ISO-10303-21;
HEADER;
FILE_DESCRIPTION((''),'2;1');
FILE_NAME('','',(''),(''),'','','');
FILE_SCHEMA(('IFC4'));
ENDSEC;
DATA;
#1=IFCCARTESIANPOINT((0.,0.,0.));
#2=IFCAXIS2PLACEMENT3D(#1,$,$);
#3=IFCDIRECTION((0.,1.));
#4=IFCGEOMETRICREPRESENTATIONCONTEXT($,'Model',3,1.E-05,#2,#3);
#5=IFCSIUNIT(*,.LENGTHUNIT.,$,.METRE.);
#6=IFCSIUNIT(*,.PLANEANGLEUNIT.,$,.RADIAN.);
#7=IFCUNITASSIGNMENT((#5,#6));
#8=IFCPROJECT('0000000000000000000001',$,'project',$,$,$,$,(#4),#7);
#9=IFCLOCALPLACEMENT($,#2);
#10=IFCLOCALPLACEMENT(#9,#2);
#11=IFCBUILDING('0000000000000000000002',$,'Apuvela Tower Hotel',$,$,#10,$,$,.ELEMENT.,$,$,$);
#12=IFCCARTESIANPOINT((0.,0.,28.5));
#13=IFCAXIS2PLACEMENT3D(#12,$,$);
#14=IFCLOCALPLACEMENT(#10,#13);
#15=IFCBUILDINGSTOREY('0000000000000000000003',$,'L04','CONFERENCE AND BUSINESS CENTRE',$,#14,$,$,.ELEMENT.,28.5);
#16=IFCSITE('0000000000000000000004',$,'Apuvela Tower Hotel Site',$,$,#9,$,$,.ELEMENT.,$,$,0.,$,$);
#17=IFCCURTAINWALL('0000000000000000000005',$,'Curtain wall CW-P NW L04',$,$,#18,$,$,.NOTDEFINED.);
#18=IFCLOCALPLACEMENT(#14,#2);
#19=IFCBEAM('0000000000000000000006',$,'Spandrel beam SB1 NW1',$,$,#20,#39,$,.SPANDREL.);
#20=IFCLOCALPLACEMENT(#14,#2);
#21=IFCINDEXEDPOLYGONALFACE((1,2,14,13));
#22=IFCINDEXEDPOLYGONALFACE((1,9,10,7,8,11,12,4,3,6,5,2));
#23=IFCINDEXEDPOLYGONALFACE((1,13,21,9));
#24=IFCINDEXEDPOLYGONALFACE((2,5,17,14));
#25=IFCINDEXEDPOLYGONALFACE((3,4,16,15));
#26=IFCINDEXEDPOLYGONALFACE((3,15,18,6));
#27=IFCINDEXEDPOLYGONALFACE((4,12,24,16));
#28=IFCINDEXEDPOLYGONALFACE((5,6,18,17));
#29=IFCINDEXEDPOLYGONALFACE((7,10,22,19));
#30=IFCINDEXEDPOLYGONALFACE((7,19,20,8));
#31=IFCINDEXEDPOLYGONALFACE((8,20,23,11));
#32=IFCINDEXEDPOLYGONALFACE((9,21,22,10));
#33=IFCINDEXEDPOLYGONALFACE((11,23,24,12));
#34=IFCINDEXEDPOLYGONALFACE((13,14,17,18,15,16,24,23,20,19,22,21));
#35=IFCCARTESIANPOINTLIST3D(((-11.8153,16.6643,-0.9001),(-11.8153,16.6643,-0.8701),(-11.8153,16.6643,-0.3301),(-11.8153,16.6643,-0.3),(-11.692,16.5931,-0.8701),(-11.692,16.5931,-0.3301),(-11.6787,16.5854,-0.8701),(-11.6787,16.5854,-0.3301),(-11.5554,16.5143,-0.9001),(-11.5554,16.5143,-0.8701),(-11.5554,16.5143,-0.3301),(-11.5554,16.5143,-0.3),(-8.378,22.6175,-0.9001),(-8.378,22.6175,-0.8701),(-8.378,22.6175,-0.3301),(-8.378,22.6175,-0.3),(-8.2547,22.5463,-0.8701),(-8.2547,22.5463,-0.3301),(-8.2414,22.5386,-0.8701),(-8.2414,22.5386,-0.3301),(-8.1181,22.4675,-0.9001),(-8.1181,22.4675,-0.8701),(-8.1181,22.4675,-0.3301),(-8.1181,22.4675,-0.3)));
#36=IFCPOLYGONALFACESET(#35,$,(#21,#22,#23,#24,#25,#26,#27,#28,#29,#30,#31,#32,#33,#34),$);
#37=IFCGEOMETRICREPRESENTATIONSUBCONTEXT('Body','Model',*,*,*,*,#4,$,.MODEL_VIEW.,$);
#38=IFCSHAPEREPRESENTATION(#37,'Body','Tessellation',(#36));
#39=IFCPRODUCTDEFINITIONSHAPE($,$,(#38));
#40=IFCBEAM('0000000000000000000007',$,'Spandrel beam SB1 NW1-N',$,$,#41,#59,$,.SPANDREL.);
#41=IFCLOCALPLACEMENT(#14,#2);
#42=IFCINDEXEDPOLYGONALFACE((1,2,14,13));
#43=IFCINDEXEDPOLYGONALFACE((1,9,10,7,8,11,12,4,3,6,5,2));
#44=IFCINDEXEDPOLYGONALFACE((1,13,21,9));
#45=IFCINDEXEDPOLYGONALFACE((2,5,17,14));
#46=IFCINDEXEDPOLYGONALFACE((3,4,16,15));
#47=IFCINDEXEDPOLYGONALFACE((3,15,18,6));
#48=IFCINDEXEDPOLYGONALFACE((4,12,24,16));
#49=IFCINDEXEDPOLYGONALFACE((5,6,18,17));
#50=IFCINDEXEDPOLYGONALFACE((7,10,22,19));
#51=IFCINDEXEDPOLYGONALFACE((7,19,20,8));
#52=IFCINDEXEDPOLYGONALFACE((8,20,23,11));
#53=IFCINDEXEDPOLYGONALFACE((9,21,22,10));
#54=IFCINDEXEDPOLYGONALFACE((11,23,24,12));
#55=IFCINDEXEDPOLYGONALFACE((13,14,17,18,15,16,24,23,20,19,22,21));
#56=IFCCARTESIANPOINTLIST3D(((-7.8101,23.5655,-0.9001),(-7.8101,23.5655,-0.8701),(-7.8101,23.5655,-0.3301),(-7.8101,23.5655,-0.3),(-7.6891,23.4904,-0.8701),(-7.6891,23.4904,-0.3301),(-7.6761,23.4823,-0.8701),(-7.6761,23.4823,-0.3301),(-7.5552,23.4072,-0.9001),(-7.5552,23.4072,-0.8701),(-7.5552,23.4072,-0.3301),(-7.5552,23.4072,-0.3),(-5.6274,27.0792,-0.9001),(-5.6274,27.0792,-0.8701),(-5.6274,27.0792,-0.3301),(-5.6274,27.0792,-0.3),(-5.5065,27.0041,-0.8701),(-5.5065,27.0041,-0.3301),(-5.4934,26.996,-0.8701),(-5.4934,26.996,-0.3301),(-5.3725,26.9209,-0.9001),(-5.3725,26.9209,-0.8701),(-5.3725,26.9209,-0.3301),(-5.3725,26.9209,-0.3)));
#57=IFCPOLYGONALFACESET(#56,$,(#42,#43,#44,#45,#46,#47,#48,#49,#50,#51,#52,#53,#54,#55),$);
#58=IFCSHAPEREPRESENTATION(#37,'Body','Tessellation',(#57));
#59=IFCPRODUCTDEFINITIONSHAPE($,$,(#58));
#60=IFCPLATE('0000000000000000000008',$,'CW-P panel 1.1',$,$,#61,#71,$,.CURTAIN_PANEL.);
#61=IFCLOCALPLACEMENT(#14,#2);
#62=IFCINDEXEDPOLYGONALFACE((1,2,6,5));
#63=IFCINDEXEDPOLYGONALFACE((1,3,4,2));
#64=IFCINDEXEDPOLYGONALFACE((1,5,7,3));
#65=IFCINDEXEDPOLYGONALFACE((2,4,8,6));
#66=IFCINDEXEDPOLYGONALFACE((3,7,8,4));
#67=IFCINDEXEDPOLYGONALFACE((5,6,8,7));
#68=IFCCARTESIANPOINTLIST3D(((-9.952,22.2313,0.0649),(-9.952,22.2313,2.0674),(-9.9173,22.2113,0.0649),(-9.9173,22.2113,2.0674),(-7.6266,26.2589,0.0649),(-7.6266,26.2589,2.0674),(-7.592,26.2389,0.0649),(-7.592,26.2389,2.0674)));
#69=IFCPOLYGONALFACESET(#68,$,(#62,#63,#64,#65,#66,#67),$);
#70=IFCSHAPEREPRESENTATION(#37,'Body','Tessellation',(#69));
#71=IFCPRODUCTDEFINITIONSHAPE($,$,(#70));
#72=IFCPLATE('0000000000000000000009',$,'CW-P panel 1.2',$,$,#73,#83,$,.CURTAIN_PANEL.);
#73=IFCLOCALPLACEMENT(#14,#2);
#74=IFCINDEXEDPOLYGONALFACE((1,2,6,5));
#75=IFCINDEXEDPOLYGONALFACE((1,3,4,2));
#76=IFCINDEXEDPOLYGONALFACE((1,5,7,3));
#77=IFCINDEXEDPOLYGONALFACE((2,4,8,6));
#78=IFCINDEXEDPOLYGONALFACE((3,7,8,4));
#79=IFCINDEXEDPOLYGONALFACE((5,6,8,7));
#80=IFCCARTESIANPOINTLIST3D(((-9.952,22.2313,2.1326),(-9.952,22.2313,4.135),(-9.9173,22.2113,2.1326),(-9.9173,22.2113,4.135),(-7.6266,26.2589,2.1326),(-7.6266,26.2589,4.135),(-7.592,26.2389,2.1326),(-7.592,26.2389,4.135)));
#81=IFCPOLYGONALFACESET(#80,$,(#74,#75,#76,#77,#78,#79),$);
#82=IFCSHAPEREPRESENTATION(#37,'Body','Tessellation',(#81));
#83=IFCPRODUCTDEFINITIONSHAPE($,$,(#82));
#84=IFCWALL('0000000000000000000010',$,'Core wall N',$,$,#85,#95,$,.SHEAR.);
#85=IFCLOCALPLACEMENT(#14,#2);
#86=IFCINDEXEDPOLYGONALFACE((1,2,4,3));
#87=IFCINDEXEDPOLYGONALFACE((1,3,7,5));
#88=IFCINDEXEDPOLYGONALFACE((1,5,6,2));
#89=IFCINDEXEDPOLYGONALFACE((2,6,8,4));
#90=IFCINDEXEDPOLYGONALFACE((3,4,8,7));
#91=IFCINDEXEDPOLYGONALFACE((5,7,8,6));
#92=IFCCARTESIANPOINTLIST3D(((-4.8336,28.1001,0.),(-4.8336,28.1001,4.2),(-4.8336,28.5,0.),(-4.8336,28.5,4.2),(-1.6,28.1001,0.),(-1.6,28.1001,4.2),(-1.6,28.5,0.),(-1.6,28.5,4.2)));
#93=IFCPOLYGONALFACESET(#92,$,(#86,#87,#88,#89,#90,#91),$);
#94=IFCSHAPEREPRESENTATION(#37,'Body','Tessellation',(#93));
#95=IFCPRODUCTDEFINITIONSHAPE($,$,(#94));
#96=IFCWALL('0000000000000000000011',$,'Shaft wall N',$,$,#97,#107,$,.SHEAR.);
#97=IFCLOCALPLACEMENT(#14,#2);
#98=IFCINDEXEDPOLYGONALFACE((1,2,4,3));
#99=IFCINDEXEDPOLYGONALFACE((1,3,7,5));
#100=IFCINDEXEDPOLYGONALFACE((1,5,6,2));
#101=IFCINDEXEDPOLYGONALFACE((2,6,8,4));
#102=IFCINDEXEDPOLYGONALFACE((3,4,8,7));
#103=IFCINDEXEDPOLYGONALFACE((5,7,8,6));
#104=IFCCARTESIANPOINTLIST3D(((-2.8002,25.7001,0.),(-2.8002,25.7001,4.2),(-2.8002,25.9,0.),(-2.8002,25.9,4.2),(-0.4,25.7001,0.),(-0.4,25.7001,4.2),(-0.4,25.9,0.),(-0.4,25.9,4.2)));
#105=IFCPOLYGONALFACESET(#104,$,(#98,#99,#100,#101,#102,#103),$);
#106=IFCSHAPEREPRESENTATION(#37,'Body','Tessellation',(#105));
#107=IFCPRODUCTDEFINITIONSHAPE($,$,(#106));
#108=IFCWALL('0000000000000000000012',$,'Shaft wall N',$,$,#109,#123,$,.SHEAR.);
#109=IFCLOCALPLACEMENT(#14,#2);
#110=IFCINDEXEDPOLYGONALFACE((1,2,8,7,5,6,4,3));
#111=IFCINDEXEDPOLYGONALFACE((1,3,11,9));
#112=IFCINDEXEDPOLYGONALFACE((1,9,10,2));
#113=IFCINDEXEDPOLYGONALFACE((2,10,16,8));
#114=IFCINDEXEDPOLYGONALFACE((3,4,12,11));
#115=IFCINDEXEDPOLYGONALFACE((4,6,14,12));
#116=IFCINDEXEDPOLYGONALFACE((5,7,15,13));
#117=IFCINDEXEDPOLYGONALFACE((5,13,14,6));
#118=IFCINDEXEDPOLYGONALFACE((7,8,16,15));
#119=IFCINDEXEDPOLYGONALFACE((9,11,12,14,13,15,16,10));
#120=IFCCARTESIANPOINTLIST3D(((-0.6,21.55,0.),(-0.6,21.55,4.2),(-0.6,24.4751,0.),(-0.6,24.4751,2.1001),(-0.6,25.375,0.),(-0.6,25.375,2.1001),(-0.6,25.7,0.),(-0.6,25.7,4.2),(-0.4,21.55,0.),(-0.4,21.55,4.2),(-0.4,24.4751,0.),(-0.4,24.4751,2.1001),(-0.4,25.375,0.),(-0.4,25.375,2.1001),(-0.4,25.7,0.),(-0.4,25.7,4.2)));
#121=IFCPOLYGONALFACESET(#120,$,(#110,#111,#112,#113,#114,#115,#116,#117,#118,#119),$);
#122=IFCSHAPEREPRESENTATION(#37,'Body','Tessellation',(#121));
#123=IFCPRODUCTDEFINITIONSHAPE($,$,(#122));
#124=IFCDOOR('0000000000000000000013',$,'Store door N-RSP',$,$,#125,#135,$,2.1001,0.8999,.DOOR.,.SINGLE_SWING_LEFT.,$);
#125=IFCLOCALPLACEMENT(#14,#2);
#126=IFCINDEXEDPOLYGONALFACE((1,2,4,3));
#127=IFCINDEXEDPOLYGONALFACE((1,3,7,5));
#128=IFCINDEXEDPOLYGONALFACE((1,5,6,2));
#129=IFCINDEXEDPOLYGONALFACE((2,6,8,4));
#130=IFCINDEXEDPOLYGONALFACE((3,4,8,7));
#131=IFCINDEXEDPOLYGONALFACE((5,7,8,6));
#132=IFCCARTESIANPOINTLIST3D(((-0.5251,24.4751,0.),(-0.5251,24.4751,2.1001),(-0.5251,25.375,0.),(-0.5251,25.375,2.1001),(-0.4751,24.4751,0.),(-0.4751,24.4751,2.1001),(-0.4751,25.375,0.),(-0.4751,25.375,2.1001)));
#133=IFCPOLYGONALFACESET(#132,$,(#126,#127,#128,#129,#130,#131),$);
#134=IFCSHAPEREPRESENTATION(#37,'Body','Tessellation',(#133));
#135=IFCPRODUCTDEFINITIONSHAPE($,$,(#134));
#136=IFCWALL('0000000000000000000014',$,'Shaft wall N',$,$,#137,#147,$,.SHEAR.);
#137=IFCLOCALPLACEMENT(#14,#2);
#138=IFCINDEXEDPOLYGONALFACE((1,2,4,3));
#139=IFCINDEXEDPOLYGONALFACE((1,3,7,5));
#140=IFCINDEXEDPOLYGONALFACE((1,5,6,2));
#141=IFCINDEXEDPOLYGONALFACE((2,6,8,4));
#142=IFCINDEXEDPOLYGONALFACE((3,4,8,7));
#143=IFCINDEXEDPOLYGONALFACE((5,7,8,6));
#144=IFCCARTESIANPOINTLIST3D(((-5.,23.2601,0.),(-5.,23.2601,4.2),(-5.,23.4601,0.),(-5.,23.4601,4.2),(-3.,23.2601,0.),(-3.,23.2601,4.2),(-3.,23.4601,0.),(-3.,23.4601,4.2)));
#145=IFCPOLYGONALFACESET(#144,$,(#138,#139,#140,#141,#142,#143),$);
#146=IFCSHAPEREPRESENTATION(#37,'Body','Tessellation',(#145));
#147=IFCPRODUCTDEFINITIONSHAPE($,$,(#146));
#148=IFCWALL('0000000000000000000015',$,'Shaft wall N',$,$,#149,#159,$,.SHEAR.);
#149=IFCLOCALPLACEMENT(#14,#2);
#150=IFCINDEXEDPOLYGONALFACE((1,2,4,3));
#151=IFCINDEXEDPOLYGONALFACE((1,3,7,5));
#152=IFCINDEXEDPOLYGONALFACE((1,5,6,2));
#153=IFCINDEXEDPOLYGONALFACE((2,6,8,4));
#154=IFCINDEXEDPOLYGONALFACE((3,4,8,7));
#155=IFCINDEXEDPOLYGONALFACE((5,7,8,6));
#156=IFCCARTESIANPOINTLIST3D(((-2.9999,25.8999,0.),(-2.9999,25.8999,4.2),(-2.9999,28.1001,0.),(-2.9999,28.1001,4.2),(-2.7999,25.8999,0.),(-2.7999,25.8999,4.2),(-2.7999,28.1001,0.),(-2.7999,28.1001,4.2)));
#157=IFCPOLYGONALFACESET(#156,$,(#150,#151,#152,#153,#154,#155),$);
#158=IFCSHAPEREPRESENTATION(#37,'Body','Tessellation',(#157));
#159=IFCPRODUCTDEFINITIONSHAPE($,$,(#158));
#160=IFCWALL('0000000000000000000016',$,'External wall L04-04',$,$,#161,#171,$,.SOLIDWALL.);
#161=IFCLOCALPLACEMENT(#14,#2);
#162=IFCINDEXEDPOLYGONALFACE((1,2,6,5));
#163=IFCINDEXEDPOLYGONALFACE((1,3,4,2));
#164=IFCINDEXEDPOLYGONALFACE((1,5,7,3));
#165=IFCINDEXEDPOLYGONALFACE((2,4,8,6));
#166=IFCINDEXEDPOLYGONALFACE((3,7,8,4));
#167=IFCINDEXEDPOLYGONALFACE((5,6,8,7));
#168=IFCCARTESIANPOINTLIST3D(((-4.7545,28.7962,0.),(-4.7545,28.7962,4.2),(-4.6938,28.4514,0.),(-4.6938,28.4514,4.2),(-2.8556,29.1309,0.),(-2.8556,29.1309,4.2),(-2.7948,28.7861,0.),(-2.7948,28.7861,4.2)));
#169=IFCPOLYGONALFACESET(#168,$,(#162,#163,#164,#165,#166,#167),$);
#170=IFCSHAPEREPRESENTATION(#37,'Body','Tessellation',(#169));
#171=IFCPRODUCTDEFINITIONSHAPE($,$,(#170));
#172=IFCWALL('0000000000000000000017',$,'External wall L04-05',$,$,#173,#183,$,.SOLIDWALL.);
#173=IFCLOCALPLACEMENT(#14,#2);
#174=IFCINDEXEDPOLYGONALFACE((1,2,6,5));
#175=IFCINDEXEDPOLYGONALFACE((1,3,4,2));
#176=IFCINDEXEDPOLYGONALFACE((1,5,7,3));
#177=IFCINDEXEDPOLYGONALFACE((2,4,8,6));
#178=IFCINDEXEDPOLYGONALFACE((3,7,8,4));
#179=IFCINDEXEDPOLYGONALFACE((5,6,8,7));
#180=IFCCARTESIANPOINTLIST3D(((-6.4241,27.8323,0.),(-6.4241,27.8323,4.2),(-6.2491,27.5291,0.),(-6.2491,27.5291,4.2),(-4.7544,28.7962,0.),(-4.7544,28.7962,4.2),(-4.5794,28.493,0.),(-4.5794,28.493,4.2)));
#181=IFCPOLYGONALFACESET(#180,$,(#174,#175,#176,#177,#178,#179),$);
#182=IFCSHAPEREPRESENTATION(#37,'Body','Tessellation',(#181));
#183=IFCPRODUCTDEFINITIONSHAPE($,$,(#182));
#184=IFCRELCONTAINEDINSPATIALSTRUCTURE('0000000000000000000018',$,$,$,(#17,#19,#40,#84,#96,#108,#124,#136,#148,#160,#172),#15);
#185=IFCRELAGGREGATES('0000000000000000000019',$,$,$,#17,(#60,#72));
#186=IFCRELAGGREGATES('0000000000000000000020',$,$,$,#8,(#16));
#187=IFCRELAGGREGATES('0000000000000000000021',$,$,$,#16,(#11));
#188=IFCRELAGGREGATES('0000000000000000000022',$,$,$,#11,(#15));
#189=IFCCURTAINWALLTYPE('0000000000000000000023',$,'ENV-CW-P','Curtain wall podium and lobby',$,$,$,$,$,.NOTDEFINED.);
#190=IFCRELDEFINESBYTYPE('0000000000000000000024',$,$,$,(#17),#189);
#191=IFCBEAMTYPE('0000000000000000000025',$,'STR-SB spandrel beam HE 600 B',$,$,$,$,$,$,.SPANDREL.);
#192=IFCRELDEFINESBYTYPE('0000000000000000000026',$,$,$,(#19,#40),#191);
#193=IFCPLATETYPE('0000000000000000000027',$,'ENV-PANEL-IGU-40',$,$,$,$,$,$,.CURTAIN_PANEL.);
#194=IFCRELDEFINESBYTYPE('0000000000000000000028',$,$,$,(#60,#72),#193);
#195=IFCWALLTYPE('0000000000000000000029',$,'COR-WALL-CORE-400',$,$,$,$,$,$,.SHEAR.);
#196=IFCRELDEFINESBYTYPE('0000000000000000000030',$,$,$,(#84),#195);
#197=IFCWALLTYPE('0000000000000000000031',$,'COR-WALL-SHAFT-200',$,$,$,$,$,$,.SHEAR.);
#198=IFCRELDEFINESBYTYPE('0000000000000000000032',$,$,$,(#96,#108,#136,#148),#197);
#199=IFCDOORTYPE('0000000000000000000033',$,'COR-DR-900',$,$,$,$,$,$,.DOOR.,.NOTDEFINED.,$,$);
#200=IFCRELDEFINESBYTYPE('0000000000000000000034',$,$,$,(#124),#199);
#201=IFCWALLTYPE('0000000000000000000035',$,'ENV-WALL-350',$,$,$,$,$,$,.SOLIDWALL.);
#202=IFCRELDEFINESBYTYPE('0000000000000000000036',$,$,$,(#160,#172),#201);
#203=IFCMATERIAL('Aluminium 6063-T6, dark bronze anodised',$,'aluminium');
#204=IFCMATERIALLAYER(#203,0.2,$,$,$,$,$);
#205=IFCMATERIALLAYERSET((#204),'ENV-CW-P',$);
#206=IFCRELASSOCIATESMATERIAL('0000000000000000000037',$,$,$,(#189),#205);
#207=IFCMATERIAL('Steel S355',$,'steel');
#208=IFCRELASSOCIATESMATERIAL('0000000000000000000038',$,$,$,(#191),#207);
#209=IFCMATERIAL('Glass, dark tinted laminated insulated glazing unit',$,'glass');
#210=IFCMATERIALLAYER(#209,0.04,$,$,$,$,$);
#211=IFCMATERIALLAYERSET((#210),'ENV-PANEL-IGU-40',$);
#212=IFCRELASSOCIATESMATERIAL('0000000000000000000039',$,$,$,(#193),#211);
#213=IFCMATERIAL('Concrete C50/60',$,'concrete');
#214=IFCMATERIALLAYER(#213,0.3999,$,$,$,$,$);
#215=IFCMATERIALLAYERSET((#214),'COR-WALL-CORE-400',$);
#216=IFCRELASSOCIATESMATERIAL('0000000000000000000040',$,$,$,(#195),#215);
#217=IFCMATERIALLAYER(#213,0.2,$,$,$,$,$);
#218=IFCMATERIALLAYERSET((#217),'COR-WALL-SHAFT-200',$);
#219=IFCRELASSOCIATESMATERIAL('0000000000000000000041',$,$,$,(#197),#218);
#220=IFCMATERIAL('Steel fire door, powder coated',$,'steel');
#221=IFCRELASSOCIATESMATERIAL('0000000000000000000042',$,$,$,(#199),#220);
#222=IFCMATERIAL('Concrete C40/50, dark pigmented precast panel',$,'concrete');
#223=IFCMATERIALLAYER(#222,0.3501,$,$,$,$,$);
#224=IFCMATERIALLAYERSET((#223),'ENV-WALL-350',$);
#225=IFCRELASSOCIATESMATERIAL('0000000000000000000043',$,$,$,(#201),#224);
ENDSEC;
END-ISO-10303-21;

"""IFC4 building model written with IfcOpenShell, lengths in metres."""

from ifc_helpers import new_model, si_unit, direction, frame, frame_2d, origin, origin_2d, place, context, subcontext, project, spatial, rectangle, i_section, extrude, material, layer, layer_set, material_profile, profile_set, type_object, element, fill, aggregate, save


model = new_model("IFC4")

# Units and contexts
model_context = context("Model", 3, precision=1e-05, world=origin(), true_north=direction((0.0, 1.0)))
body_context = subcontext(model_context, "Body", "Model", "MODEL_VIEW")
ifc_project = project(units=[si_unit("LENGTHUNIT", "METRE"), si_unit("PLANEANGLEUNIT", "RADIAN")], contexts=[model_context])

# Site, building, storey
site_placement = place(None, origin())
site = spatial("IfcSite", under=ifc_project, at=site_placement, Name="Apuvela Tower Hotel Site", CompositionType="ELEMENT", RefElevation=0.0)
building_placement = place(site_placement, origin())
building = spatial("IfcBuilding", under=site, at=building_placement, Name="Apuvela Tower Hotel", CompositionType="ELEMENT")
storey_placement = place(building_placement, frame((0.0, 0.0, 28.5)))
storey = spatial("IfcBuildingStorey", under=building, at=storey_placement, Name="L04", Description="CONFERENCE AND BUSINESS CENTRE", CompositionType="ELEMENT", Elevation=28.5)

# Curtain wall
ifc_material_1 = material(Name="Aluminium 6063-T6, dark bronze anodised", Category="aluminium")
ifc_layer_1 = layer(ifc_material_1, 0.2)
ifc_layer_set_1 = layer_set([ifc_layer_1], Name="ENV-CW-P")
curtain_wall_type = type_object("IfcCurtainWallType", Name="ENV-CW-P", Description="Curtain wall podium and lobby", PredefinedType="NOTDEFINED", material=ifc_layer_set_1)
curtain_wall_placement = place(storey_placement, origin())
curtain_wall = element("IfcCurtainWall", 1, at=curtain_wall_placement, inside=storey, type_object=curtain_wall_type, Name="Curtain wall CW-P NW L04", PredefinedType="NOTDEFINED")

# Beams
ifc_material_2 = material(Name="Steel S355", Category="steel")
ifc_material_profile_1 = material_profile(ifc_material_2, i_section(OverallWidth=0.3, OverallDepth=0.6001, WebThickness=0.0154, FlangeThickness=0.03, at=origin_2d()), Name="HE 600 B")
ifc_profile_set_1 = profile_set([ifc_material_profile_1], Name="Steel S355")
beam_type_1 = type_object("IfcBeamType", Name="STR-SB spandrel beam HE 600 B", PredefinedType="SPANDREL", material=ifc_profile_set_1)
beam_1_placement = place(storey_placement, frame((-8.248, 22.5425, -0.6001), z_axis=(-0.500024, -0.866012, 0.0), x_axis=(0.866012, -0.500024, 0.0)))
element("IfcBeam", 2, at=beam_1_placement, inside=storey, type_object=beam_type_1, Name="Spandrel beam SB1 NW1", PredefinedType="SPANDREL", context=body_context, shape_type="SweptSolid", body=[
    extrude(i_section(OverallWidth=0.3, OverallDepth=0.6001, WebThickness=0.0154, FlangeThickness=0.03, at=origin_2d()), origin(), (0.0, 0.0, 1.0), 6.8743),
])
beam_2_placement = place(storey_placement, frame((-7.6826, 23.4863, -0.6001), z_axis=(0.527663, 0.849454, 0.0), x_axis=(-0.849454, 0.527663, 0.0)))
element("IfcBeam", 3, at=beam_2_placement, inside=storey, type_object=beam_type_1, Name="Spandrel beam SB1 NW1-N", PredefinedType="SPANDREL", context=body_context, shape_type="SweptSolid", body=[
    extrude(i_section(OverallWidth=0.3, OverallDepth=0.6001, WebThickness=0.0154, FlangeThickness=0.03, at=origin_2d()), origin(), (0.0, 0.0, 1.0), 4.1365),
])

# Plates
ifc_material_3 = material(Name="Glass, dark tinted laminated insulated glazing unit", Category="glass")
ifc_layer_2 = layer(ifc_material_3, 0.04)
ifc_layer_set_2 = layer_set([ifc_layer_2], Name="ENV-PANEL-IGU-40")
plate_type = type_object("IfcPlateType", Name="ENV-PANEL-IGU-40", PredefinedType="CURTAIN_PANEL", material=ifc_layer_set_2)
plate_1_placement = place(storey_placement, frame((-8.772, 24.2351, 0.0649), z_axis=(0.0, 0.0, 1.0), x_axis=(-0.500002, -0.866024, 0.0)))
plate_1 = element("IfcPlate", 4, at=plate_1_placement, type_object=plate_type, Name="CW-P panel 1.1", PredefinedType="CURTAIN_PANEL", context=body_context, shape_type="SweptSolid", body=[
    extrude(rectangle(XDim=4.6506, YDim=0.04, at=origin_2d()), origin(), (0.0, 0.0, 1.0), 2.0024),
])
plate_2_placement = place(storey_placement, frame((-8.772, 24.2351, 2.1326), z_axis=(0.0, 0.0, 1.0), x_axis=(-0.500002, -0.866024, 0.0)))
plate_2 = element("IfcPlate", 5, at=plate_2_placement, type_object=plate_type, Name="CW-P panel 1.2", PredefinedType="CURTAIN_PANEL", context=body_context, shape_type="SweptSolid", body=[
    extrude(rectangle(XDim=4.6506, YDim=0.04, at=origin_2d()), origin(), (0.0, 0.0, 1.0), 2.0024),
])
aggregate(curtain_wall, [plate_1, plate_2])

# Walls
ifc_material_4 = material(Name="Concrete C50/60", Category="concrete")
ifc_layer_3 = layer(ifc_material_4, 0.3999)
ifc_layer_set_3 = layer_set([ifc_layer_3], Name="COR-WALL-CORE-400")
wall_type_1 = type_object("IfcWallType", Name="COR-WALL-CORE-400", PredefinedType="SHEAR", material=ifc_layer_set_3)
wall_1_placement = place(storey_placement, frame((-1.6001, 28.3, 0.0), z_axis=(0.0, 0.0, 1.0), x_axis=(-1.0, 0.0, 0.0)))
element("IfcWall", 6, at=wall_1_placement, inside=storey, type_object=wall_type_1, Name="Core wall N", PredefinedType="SHEAR", context=body_context, shape_type="SweptSolid", body=[
    extrude(rectangle(XDim=3.2336, YDim=0.3999, at=frame_2d((1.6167, 0.0))), origin(), (0.0, 0.0, 1.0), 4.2),
])
ifc_layer_4 = layer(ifc_material_4, 0.2)
ifc_layer_set_4 = layer_set([ifc_layer_4], Name="COR-WALL-SHAFT-200")
wall_type_2 = type_object("IfcWallType", Name="COR-WALL-SHAFT-200", PredefinedType="SHEAR", material=ifc_layer_set_4)
wall_2_placement = place(storey_placement, frame((-0.3999, 25.8, 0.0), z_axis=(0.0, 0.0, 1.0), x_axis=(-1.0, 0.0, 0.0)))
element("IfcWall", 7, at=wall_2_placement, inside=storey, type_object=wall_type_2, Name="Shaft wall N", PredefinedType="SHEAR", context=body_context, shape_type="SweptSolid", body=[
    extrude(rectangle(XDim=2.4001, YDim=0.2, at=frame_2d((1.2002, 0.0))), origin(), (0.0, 0.0, 1.0), 4.2),
])

# Wall, opening, door
wall_3_placement = place(storey_placement, frame((-0.5, 21.55, 0.0), z_axis=(0.0, 0.0, 1.0), x_axis=(0.0, 1.0, 0.0)))
wall_3 = element("IfcWall", 8, at=wall_3_placement, inside=storey, type_object=wall_type_2, Name="Shaft wall N", PredefinedType="SHEAR", context=body_context, shape_type="SweptSolid", body=[
    extrude(rectangle(XDim=4.1499, YDim=0.2, at=frame_2d((2.075, 0.0))), origin(), (0.0, 0.0, 1.0), 4.2),
])
opening_placement = place(wall_3_placement, frame((2.925, 0.0, 0.0)))
opening = element("IfcOpeningElement", 9, at=opening_placement, cuts=wall_3, PredefinedType="OPENING", context=body_context, shape_type="SweptSolid", body=[
    extrude(rectangle(XDim=0.8999, YDim=2.1001, at=frame_2d((0.45, 1.05))), frame((0.0, 0.1099, 0.0), z_axis=(0.0, -1.0, 0.0), x_axis=(1.0, 0.0, 0.0)), (0.0, 0.0, 1.0), 0.22),
])
ifc_material_5 = material(Name="Steel fire door, powder coated", Category="steel")
door_type = type_object("IfcDoorType", Name="COR-DR-900", OperationType="NOTDEFINED", PredefinedType="DOOR", material=ifc_material_5)
door_placement = place(opening_placement, frame((0.8999, 0.0, 0.0), z_axis=(0.0, 0.0, 1.0), x_axis=(-1.0, 0.0, 0.0)))
door = element("IfcDoor", 10, at=door_placement, inside=storey, type_object=door_type, Name="Store door N-RSP", OperationType="SINGLE_SWING_LEFT", OverallHeight=2.1001, OverallWidth=0.8999, PredefinedType="DOOR", context=body_context, shape_type="SweptSolid", body=[
    extrude(rectangle(XDim=0.8999, YDim=2.1001, at=frame_2d((0.45, 1.05))), frame((0.0, 0.0249, 0.0), z_axis=(0.0, -1.0, 0.0), x_axis=(1.0, 0.0, 0.0)), (0.0, 0.0, 1.0), 0.05),
])
fill(opening, door)

# Walls
wall_4_placement = place(storey_placement, frame((-3.0, 23.3601, 0.0), z_axis=(0.0, 0.0, 1.0), x_axis=(-1.0, 0.0, 0.0)))
element("IfcWall", 11, at=wall_4_placement, inside=storey, type_object=wall_type_2, Name="Shaft wall N", PredefinedType="SHEAR", context=body_context, shape_type="SweptSolid", body=[
    extrude(rectangle(XDim=2.0, YDim=0.2, at=frame_2d((1.0, 0.0))), origin(), (0.0, 0.0, 1.0), 4.2),
])
wall_5_placement = place(storey_placement, frame((-2.8999, 25.8999, 0.0), z_axis=(0.0, 0.0, 1.0), x_axis=(0.0, 1.0, 0.0)))
element("IfcWall", 12, at=wall_5_placement, inside=storey, type_object=wall_type_2, Name="Shaft wall N", PredefinedType="SHEAR", context=body_context, shape_type="SweptSolid", body=[
    extrude(rectangle(XDim=2.2002, YDim=0.2, at=frame_2d((1.1001, 0.0))), origin(), (0.0, 0.0, 1.0), 4.2),
])
ifc_material_6 = material(Name="Concrete C40/50, dark pigmented precast panel", Category="concrete")
ifc_layer_5 = layer(ifc_material_6, 0.3501)
ifc_layer_set_5 = layer_set([ifc_layer_5], Name="ENV-WALL-350")
wall_type_3 = type_object("IfcWallType", Name="ENV-WALL-350", PredefinedType="SOLIDWALL", material=ifc_layer_set_5)
wall_6_placement = place(storey_placement, frame((-2.8252, 28.9585, 0.0), z_axis=(0.0, 0.0, 1.0), x_axis=(-0.984818, -0.17359, 0.0)))
element("IfcWall", 13, at=wall_6_placement, inside=storey, type_object=wall_type_3, Name="External wall L04-04", PredefinedType="SOLIDWALL", context=body_context, shape_type="SweptSolid", body=[
    extrude(rectangle(XDim=1.9282, YDim=0.3501, at=frame_2d((0.9641, 0.0))), origin(), (0.0, 0.0, 1.0), 4.2),
])
for number, where, z_axis, x_axis, name in (
    (14, (-4.667, 28.6445, 0.0), (0.0, 0.0, 1.0), (-0.866053, -0.499953, 0.0), "External wall L04-05"),
):
    element("IfcWall", number, at=place(storey_placement, frame(where, z_axis=z_axis, x_axis=x_axis)), inside=storey, type_object=wall_type_3, Name=name, PredefinedType="SOLIDWALL", context=body_context, shape_type="SweptSolid", body=[
        extrude(rectangle(XDim=1.928, YDim=0.3501, at=frame_2d((0.9639, 0.0))), origin(), (0.0, 0.0, 1.0), 4.2),
    ])

save(model, "model.ifc")
